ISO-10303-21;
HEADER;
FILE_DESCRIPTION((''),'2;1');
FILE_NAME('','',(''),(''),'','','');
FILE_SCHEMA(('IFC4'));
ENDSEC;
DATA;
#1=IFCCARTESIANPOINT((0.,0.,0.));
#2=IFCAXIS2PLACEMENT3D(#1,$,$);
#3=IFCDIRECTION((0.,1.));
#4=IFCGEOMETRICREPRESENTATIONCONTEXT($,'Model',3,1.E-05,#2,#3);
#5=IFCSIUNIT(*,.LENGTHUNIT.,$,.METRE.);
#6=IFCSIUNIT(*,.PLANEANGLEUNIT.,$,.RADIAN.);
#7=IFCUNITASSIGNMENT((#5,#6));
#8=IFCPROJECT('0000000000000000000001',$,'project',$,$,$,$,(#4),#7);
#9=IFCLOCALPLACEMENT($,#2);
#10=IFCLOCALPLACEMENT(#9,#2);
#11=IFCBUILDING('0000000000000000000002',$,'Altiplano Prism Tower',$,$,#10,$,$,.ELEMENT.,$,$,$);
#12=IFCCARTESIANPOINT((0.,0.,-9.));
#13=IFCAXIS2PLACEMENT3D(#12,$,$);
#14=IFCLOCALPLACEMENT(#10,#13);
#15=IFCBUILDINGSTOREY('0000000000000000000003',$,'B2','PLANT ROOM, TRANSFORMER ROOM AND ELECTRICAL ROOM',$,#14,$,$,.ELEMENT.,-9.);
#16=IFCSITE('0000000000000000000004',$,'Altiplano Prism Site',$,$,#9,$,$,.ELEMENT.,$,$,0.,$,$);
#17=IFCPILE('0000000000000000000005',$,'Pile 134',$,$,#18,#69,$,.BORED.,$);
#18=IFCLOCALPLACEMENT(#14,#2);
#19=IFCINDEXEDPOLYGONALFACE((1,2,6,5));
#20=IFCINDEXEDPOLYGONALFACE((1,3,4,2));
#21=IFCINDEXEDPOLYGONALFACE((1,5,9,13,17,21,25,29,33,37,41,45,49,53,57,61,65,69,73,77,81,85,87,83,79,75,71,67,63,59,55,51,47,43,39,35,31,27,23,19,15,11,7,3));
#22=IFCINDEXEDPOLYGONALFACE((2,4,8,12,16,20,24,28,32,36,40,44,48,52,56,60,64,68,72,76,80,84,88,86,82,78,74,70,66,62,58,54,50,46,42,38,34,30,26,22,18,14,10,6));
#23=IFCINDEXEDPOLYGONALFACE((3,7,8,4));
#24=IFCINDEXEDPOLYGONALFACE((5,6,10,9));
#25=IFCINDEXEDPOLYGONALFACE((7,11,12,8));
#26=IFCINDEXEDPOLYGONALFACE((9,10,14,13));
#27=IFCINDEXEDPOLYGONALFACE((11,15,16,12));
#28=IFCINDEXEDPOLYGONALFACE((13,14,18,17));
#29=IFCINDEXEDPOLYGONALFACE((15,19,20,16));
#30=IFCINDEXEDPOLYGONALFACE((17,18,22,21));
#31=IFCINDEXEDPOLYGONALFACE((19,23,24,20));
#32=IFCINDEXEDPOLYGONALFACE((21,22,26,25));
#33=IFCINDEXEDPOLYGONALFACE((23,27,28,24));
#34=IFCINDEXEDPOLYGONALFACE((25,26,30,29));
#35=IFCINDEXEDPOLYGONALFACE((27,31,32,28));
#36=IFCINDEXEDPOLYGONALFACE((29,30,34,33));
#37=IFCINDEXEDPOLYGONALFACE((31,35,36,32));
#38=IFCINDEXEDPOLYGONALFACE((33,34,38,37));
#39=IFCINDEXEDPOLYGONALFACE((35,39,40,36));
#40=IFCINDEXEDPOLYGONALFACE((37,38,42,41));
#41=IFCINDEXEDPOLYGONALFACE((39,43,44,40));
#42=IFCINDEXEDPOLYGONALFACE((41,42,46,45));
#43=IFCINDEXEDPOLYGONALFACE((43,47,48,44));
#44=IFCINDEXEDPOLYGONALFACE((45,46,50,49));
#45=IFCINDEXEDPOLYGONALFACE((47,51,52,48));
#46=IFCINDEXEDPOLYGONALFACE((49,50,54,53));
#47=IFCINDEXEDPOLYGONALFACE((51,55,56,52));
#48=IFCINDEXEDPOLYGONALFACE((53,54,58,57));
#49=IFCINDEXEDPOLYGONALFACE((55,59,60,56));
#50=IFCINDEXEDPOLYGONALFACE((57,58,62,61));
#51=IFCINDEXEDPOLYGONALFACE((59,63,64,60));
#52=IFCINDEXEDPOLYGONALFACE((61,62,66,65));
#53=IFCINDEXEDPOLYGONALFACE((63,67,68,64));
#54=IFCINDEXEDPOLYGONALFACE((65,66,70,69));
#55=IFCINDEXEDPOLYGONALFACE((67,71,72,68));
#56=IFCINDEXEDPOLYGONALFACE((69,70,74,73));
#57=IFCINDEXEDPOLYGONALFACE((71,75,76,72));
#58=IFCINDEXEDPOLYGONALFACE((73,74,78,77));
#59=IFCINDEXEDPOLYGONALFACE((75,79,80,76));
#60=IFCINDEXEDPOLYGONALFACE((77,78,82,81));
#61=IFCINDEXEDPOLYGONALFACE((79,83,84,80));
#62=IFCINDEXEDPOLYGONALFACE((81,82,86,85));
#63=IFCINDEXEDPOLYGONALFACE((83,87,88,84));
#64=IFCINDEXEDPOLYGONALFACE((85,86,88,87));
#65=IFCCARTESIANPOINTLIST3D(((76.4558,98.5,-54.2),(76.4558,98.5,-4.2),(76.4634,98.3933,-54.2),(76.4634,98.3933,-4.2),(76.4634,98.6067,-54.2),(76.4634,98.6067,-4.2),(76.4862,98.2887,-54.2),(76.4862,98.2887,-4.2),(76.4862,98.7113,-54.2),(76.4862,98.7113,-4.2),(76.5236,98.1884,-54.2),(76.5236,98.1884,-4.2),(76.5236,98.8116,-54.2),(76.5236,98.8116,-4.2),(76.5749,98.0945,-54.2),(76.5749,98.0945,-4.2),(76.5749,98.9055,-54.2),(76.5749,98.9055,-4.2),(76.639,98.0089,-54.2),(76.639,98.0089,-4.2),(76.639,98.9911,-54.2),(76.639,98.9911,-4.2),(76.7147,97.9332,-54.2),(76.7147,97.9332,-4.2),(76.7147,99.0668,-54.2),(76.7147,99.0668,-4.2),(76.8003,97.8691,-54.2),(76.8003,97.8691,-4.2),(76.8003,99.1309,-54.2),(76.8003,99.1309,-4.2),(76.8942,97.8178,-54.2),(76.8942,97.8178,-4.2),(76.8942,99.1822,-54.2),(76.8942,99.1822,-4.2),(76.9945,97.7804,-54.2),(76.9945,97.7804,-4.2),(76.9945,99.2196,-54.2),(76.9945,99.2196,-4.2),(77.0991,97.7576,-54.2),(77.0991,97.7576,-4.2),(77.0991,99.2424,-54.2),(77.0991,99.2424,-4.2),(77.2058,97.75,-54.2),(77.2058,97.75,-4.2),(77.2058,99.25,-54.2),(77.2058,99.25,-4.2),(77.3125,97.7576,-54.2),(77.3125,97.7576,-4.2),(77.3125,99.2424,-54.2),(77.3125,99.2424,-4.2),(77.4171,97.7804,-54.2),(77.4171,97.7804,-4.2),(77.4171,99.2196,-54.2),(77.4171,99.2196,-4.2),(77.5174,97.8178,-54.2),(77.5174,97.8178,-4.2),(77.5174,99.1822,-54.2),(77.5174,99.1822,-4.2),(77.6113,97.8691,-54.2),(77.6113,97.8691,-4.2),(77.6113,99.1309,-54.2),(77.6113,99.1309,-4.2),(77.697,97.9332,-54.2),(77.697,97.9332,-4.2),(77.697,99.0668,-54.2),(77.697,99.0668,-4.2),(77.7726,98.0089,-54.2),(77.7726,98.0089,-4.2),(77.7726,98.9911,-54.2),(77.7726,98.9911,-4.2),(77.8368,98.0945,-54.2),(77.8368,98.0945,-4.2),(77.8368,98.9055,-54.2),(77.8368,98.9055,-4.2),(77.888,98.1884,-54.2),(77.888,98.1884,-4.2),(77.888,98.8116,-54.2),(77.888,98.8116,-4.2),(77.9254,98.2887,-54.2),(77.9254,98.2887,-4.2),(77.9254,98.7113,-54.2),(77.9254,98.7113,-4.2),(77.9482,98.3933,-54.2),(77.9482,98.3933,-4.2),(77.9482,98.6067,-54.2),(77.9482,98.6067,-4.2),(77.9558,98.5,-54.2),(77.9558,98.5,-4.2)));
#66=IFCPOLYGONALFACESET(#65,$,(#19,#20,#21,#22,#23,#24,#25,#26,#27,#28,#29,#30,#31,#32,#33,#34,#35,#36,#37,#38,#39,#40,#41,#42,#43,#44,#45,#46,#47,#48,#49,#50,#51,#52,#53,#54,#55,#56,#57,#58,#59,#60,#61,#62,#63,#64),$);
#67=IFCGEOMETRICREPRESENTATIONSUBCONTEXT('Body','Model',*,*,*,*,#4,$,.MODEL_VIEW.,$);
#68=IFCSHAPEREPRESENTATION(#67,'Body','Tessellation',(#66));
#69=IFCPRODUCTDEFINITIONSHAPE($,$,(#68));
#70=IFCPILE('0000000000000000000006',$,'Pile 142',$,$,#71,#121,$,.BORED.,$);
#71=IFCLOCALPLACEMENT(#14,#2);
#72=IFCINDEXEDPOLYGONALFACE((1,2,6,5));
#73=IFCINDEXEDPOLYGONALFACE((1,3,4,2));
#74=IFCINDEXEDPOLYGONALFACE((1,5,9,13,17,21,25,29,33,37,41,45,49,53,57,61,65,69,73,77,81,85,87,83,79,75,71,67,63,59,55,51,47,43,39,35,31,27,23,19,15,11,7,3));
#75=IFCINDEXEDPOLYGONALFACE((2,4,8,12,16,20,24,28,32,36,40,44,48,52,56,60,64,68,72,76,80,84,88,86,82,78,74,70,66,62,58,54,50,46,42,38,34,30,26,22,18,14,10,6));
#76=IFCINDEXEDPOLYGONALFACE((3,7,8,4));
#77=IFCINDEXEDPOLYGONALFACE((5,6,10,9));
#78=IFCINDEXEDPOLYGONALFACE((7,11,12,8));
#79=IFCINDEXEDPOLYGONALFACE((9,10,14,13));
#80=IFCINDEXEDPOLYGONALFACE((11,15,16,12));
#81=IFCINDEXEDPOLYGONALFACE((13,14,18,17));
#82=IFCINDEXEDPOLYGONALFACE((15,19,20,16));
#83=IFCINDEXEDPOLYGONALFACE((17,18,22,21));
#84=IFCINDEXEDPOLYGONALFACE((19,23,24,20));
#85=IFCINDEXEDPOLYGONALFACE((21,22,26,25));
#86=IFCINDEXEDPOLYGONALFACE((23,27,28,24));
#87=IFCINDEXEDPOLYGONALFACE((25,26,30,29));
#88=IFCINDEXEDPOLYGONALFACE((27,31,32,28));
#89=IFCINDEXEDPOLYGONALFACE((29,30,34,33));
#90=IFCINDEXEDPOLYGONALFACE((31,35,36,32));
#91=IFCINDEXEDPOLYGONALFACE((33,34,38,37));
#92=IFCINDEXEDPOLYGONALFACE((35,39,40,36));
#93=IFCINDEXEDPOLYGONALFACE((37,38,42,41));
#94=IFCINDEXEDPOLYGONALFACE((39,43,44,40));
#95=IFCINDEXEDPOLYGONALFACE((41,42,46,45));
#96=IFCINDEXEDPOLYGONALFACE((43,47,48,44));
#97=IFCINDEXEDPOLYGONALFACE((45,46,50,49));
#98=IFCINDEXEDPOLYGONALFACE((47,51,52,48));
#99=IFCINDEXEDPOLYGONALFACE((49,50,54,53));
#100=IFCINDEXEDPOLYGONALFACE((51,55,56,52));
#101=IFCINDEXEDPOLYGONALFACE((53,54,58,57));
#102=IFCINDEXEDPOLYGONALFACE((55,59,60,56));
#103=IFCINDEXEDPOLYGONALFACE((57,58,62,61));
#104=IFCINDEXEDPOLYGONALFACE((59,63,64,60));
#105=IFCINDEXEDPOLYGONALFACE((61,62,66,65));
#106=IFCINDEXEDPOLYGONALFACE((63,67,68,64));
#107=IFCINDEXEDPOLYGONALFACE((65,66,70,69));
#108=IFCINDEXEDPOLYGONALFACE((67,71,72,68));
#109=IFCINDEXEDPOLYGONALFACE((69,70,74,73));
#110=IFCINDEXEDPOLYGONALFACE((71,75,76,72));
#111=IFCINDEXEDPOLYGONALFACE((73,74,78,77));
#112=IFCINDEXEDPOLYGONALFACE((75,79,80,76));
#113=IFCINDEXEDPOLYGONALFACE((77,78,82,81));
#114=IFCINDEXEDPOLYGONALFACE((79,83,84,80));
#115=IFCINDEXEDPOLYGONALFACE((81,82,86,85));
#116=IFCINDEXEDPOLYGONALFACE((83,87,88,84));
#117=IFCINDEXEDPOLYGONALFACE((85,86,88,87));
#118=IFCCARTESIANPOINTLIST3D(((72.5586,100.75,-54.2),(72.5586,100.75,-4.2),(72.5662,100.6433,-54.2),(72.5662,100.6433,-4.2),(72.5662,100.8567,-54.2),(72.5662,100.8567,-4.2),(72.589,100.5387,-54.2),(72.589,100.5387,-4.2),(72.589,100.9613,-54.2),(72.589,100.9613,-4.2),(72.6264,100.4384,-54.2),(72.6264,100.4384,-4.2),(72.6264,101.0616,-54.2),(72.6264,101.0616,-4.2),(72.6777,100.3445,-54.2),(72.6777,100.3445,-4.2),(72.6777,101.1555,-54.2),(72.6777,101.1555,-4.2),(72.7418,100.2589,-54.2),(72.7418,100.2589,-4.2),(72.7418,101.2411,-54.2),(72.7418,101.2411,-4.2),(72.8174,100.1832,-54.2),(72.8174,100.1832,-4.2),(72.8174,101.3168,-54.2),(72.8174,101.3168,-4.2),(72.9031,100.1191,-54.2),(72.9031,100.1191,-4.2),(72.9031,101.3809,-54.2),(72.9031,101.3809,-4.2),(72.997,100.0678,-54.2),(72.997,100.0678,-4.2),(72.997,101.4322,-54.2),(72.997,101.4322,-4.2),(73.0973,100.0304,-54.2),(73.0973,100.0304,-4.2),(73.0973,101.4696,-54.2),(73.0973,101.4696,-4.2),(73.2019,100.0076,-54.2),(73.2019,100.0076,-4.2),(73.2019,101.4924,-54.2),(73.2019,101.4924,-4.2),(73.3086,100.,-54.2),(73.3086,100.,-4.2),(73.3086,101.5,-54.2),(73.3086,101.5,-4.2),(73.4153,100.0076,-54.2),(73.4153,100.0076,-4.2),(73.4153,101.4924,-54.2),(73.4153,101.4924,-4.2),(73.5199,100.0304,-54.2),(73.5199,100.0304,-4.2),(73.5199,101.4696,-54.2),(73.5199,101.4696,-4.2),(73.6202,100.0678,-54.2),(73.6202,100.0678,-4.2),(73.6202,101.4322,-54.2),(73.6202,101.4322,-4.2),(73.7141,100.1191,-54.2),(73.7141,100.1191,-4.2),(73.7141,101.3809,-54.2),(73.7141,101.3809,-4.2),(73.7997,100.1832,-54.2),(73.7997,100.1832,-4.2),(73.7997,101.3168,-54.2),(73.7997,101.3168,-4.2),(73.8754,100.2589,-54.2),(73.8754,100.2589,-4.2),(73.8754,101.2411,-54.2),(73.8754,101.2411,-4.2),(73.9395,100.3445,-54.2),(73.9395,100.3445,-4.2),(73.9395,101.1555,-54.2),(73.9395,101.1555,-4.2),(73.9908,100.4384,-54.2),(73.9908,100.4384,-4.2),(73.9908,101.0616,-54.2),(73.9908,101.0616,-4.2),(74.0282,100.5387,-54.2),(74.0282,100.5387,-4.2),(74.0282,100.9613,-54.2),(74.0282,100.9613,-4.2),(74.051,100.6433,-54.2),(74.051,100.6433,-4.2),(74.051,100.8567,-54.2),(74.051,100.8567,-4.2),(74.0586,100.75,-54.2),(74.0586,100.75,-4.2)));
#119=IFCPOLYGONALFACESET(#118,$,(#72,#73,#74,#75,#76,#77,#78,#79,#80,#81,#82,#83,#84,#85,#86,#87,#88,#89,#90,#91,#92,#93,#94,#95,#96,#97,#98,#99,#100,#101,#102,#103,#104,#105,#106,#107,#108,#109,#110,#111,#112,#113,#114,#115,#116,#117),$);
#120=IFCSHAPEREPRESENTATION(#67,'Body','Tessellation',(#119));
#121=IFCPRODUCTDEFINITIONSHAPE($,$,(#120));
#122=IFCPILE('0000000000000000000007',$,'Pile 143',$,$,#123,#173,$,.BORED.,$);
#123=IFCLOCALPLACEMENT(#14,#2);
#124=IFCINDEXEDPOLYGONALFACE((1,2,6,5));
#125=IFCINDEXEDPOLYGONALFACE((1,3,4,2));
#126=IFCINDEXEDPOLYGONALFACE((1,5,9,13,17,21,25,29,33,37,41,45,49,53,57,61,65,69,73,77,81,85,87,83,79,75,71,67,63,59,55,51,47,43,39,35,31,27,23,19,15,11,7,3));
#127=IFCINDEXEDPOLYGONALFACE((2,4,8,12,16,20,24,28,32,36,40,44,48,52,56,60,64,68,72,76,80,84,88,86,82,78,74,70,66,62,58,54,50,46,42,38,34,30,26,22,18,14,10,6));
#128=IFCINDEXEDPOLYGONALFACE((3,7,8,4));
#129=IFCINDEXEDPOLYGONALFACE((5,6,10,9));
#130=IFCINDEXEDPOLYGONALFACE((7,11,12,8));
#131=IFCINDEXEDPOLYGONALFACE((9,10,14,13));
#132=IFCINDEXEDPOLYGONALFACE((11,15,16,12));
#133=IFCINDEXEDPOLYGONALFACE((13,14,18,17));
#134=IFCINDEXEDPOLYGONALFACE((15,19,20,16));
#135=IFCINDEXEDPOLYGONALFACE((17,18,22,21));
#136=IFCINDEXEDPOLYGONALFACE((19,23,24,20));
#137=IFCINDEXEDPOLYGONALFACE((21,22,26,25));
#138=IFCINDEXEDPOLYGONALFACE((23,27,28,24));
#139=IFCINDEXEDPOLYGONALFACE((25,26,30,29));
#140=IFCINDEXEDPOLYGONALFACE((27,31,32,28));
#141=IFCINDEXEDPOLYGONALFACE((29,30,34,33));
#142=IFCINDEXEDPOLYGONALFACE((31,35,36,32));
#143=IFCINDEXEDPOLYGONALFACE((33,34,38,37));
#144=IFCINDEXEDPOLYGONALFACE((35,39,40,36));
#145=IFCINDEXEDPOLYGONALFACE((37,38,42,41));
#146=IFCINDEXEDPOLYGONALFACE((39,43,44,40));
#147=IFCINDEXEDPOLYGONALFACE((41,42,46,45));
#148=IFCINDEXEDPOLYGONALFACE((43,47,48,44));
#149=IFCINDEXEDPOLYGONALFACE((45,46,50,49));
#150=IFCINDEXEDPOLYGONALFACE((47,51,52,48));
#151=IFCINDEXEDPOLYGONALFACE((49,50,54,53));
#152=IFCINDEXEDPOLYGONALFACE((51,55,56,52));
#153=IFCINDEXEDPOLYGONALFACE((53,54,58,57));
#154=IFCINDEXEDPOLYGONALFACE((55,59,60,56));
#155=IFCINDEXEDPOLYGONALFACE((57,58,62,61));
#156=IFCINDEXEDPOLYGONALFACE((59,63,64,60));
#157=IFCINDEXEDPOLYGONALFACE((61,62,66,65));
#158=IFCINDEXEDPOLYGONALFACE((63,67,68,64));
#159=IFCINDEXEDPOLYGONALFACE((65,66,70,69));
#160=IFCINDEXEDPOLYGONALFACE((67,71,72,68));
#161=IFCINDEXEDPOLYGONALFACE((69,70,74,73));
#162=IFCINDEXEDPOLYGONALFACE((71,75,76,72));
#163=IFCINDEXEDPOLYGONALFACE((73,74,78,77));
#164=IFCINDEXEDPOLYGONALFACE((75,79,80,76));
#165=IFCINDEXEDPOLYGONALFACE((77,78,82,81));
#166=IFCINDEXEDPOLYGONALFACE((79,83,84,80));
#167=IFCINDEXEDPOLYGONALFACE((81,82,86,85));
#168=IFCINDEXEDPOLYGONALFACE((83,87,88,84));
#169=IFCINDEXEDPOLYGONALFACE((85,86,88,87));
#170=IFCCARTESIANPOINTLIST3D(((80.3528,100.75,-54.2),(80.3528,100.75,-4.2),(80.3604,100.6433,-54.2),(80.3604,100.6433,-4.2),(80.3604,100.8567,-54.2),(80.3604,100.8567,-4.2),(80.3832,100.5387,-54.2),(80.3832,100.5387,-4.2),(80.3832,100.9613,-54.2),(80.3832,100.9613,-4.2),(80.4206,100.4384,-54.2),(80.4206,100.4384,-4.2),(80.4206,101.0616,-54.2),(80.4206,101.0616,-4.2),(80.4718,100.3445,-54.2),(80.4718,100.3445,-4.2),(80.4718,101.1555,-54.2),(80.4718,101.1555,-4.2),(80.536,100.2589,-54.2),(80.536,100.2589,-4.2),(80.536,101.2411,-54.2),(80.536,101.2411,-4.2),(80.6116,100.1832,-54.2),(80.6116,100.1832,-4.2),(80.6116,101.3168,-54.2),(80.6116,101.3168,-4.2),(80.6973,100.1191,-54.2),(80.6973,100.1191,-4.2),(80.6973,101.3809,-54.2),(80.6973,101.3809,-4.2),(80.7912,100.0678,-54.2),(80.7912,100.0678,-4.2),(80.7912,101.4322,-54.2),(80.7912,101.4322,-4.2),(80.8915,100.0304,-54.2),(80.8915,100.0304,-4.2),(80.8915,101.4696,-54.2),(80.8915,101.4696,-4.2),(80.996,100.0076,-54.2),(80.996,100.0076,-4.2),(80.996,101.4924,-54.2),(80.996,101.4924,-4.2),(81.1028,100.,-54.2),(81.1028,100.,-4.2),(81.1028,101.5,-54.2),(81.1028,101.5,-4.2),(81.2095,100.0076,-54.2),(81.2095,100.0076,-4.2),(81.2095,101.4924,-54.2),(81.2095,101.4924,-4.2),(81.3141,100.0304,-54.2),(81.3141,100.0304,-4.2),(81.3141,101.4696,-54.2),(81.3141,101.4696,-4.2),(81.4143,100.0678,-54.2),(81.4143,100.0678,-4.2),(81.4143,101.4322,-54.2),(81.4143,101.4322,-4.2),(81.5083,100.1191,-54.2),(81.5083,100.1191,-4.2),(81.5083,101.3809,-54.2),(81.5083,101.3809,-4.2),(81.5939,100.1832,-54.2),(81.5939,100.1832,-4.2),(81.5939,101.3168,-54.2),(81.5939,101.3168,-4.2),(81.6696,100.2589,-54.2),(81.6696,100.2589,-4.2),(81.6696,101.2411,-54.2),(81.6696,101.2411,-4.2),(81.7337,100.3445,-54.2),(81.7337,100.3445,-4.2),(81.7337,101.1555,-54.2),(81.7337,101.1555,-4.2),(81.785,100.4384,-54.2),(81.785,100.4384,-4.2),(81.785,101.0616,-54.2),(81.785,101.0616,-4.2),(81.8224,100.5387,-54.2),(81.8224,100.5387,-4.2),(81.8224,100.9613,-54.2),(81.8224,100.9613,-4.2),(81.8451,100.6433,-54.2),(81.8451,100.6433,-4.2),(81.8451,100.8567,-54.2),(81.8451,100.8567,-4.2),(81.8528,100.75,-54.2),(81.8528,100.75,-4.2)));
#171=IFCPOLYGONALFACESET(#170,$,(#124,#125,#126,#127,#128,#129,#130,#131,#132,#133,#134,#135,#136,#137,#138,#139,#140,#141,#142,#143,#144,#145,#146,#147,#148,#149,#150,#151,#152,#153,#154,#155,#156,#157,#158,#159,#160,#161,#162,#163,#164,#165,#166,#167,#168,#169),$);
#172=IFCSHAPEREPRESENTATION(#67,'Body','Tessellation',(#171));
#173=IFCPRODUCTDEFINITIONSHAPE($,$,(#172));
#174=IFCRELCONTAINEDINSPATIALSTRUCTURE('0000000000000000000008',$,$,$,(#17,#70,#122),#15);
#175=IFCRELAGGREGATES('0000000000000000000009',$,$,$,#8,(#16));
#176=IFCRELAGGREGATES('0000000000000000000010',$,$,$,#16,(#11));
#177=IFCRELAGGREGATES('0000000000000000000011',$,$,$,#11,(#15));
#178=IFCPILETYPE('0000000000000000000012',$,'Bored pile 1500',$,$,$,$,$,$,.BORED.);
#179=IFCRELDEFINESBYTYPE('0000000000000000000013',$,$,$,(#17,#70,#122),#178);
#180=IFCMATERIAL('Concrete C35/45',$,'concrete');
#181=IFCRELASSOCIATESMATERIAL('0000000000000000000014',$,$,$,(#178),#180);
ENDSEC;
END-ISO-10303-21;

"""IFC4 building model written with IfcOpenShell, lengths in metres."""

from ifc_helpers import new_model, si_unit, direction, frame, origin, origin_2d, place, context, subcontext, project, spatial, circle, extrude, material, material_profile, profile_set, type_object, element, save


model = new_model("IFC4")

# Units and contexts
model_context = context("Model", 3, precision=1e-05, world=origin(), true_north=direction((0.0, 1.0)))
body_context = subcontext(model_context, "Body", "Model", "MODEL_VIEW")
ifc_project = project(units=[si_unit("LENGTHUNIT", "METRE"), si_unit("PLANEANGLEUNIT", "RADIAN")], contexts=[model_context])

# Site, building, storey
site_placement = place(None, origin())
site = spatial("IfcSite", under=ifc_project, at=site_placement, Name="Altiplano Prism Site", CompositionType="ELEMENT", RefElevation=0.0)
building_placement = place(site_placement, origin())
building = spatial("IfcBuilding", under=site, at=building_placement, Name="Altiplano Prism Tower", CompositionType="ELEMENT")
storey_placement = place(building_placement, frame((0.0, 0.0, -9.0)))
storey = spatial("IfcBuildingStorey", under=building, at=storey_placement, Name="B2", Description="PLANT ROOM, TRANSFORMER ROOM AND ELECTRICAL ROOM", CompositionType="ELEMENT", Elevation=-9.0)

# Piles
ifc_material_1 = material(Name="Concrete C35/45", Category="concrete")
ifc_material_profile_1 = material_profile(ifc_material_1, circle(Radius=0.75, at=origin_2d()), Name="Bored pile 1500")
ifc_profile_set_1 = profile_set([ifc_material_profile_1], Name="Concrete C35/45")
pile_type = type_object("IfcPileType", Name="Bored pile 1500", PredefinedType="BORED", material=ifc_profile_set_1)
for number, where, z_axis, x_axis, name in (
    (1, (77.2058, 98.5, -4.2), (0.0, 0.0, -1.0), (1.0, 0.0, 0.0), "Pile 134"),
    (2, (73.3086, 100.75, -4.2), (0.0, 0.0, -1.0), (1.0, 0.0, 0.0), "Pile 142"),
    (3, (81.1028, 100.75, -4.2), (0.0, 0.0, -1.0), (1.0, 0.0, 0.0), "Pile 143"),
):
    element("IfcPile", number, at=place(storey_placement, frame(where, z_axis=z_axis, x_axis=x_axis)), inside=storey, type_object=pile_type, Name=name, PredefinedType="BORED", context=body_context, shape_type="SweptSolid", body=[
        extrude(circle(Radius=0.75, at=origin_2d()), origin(), (0.0, 0.0, 1.0), 50.0),
    ])

save(model, "model.ifc")
